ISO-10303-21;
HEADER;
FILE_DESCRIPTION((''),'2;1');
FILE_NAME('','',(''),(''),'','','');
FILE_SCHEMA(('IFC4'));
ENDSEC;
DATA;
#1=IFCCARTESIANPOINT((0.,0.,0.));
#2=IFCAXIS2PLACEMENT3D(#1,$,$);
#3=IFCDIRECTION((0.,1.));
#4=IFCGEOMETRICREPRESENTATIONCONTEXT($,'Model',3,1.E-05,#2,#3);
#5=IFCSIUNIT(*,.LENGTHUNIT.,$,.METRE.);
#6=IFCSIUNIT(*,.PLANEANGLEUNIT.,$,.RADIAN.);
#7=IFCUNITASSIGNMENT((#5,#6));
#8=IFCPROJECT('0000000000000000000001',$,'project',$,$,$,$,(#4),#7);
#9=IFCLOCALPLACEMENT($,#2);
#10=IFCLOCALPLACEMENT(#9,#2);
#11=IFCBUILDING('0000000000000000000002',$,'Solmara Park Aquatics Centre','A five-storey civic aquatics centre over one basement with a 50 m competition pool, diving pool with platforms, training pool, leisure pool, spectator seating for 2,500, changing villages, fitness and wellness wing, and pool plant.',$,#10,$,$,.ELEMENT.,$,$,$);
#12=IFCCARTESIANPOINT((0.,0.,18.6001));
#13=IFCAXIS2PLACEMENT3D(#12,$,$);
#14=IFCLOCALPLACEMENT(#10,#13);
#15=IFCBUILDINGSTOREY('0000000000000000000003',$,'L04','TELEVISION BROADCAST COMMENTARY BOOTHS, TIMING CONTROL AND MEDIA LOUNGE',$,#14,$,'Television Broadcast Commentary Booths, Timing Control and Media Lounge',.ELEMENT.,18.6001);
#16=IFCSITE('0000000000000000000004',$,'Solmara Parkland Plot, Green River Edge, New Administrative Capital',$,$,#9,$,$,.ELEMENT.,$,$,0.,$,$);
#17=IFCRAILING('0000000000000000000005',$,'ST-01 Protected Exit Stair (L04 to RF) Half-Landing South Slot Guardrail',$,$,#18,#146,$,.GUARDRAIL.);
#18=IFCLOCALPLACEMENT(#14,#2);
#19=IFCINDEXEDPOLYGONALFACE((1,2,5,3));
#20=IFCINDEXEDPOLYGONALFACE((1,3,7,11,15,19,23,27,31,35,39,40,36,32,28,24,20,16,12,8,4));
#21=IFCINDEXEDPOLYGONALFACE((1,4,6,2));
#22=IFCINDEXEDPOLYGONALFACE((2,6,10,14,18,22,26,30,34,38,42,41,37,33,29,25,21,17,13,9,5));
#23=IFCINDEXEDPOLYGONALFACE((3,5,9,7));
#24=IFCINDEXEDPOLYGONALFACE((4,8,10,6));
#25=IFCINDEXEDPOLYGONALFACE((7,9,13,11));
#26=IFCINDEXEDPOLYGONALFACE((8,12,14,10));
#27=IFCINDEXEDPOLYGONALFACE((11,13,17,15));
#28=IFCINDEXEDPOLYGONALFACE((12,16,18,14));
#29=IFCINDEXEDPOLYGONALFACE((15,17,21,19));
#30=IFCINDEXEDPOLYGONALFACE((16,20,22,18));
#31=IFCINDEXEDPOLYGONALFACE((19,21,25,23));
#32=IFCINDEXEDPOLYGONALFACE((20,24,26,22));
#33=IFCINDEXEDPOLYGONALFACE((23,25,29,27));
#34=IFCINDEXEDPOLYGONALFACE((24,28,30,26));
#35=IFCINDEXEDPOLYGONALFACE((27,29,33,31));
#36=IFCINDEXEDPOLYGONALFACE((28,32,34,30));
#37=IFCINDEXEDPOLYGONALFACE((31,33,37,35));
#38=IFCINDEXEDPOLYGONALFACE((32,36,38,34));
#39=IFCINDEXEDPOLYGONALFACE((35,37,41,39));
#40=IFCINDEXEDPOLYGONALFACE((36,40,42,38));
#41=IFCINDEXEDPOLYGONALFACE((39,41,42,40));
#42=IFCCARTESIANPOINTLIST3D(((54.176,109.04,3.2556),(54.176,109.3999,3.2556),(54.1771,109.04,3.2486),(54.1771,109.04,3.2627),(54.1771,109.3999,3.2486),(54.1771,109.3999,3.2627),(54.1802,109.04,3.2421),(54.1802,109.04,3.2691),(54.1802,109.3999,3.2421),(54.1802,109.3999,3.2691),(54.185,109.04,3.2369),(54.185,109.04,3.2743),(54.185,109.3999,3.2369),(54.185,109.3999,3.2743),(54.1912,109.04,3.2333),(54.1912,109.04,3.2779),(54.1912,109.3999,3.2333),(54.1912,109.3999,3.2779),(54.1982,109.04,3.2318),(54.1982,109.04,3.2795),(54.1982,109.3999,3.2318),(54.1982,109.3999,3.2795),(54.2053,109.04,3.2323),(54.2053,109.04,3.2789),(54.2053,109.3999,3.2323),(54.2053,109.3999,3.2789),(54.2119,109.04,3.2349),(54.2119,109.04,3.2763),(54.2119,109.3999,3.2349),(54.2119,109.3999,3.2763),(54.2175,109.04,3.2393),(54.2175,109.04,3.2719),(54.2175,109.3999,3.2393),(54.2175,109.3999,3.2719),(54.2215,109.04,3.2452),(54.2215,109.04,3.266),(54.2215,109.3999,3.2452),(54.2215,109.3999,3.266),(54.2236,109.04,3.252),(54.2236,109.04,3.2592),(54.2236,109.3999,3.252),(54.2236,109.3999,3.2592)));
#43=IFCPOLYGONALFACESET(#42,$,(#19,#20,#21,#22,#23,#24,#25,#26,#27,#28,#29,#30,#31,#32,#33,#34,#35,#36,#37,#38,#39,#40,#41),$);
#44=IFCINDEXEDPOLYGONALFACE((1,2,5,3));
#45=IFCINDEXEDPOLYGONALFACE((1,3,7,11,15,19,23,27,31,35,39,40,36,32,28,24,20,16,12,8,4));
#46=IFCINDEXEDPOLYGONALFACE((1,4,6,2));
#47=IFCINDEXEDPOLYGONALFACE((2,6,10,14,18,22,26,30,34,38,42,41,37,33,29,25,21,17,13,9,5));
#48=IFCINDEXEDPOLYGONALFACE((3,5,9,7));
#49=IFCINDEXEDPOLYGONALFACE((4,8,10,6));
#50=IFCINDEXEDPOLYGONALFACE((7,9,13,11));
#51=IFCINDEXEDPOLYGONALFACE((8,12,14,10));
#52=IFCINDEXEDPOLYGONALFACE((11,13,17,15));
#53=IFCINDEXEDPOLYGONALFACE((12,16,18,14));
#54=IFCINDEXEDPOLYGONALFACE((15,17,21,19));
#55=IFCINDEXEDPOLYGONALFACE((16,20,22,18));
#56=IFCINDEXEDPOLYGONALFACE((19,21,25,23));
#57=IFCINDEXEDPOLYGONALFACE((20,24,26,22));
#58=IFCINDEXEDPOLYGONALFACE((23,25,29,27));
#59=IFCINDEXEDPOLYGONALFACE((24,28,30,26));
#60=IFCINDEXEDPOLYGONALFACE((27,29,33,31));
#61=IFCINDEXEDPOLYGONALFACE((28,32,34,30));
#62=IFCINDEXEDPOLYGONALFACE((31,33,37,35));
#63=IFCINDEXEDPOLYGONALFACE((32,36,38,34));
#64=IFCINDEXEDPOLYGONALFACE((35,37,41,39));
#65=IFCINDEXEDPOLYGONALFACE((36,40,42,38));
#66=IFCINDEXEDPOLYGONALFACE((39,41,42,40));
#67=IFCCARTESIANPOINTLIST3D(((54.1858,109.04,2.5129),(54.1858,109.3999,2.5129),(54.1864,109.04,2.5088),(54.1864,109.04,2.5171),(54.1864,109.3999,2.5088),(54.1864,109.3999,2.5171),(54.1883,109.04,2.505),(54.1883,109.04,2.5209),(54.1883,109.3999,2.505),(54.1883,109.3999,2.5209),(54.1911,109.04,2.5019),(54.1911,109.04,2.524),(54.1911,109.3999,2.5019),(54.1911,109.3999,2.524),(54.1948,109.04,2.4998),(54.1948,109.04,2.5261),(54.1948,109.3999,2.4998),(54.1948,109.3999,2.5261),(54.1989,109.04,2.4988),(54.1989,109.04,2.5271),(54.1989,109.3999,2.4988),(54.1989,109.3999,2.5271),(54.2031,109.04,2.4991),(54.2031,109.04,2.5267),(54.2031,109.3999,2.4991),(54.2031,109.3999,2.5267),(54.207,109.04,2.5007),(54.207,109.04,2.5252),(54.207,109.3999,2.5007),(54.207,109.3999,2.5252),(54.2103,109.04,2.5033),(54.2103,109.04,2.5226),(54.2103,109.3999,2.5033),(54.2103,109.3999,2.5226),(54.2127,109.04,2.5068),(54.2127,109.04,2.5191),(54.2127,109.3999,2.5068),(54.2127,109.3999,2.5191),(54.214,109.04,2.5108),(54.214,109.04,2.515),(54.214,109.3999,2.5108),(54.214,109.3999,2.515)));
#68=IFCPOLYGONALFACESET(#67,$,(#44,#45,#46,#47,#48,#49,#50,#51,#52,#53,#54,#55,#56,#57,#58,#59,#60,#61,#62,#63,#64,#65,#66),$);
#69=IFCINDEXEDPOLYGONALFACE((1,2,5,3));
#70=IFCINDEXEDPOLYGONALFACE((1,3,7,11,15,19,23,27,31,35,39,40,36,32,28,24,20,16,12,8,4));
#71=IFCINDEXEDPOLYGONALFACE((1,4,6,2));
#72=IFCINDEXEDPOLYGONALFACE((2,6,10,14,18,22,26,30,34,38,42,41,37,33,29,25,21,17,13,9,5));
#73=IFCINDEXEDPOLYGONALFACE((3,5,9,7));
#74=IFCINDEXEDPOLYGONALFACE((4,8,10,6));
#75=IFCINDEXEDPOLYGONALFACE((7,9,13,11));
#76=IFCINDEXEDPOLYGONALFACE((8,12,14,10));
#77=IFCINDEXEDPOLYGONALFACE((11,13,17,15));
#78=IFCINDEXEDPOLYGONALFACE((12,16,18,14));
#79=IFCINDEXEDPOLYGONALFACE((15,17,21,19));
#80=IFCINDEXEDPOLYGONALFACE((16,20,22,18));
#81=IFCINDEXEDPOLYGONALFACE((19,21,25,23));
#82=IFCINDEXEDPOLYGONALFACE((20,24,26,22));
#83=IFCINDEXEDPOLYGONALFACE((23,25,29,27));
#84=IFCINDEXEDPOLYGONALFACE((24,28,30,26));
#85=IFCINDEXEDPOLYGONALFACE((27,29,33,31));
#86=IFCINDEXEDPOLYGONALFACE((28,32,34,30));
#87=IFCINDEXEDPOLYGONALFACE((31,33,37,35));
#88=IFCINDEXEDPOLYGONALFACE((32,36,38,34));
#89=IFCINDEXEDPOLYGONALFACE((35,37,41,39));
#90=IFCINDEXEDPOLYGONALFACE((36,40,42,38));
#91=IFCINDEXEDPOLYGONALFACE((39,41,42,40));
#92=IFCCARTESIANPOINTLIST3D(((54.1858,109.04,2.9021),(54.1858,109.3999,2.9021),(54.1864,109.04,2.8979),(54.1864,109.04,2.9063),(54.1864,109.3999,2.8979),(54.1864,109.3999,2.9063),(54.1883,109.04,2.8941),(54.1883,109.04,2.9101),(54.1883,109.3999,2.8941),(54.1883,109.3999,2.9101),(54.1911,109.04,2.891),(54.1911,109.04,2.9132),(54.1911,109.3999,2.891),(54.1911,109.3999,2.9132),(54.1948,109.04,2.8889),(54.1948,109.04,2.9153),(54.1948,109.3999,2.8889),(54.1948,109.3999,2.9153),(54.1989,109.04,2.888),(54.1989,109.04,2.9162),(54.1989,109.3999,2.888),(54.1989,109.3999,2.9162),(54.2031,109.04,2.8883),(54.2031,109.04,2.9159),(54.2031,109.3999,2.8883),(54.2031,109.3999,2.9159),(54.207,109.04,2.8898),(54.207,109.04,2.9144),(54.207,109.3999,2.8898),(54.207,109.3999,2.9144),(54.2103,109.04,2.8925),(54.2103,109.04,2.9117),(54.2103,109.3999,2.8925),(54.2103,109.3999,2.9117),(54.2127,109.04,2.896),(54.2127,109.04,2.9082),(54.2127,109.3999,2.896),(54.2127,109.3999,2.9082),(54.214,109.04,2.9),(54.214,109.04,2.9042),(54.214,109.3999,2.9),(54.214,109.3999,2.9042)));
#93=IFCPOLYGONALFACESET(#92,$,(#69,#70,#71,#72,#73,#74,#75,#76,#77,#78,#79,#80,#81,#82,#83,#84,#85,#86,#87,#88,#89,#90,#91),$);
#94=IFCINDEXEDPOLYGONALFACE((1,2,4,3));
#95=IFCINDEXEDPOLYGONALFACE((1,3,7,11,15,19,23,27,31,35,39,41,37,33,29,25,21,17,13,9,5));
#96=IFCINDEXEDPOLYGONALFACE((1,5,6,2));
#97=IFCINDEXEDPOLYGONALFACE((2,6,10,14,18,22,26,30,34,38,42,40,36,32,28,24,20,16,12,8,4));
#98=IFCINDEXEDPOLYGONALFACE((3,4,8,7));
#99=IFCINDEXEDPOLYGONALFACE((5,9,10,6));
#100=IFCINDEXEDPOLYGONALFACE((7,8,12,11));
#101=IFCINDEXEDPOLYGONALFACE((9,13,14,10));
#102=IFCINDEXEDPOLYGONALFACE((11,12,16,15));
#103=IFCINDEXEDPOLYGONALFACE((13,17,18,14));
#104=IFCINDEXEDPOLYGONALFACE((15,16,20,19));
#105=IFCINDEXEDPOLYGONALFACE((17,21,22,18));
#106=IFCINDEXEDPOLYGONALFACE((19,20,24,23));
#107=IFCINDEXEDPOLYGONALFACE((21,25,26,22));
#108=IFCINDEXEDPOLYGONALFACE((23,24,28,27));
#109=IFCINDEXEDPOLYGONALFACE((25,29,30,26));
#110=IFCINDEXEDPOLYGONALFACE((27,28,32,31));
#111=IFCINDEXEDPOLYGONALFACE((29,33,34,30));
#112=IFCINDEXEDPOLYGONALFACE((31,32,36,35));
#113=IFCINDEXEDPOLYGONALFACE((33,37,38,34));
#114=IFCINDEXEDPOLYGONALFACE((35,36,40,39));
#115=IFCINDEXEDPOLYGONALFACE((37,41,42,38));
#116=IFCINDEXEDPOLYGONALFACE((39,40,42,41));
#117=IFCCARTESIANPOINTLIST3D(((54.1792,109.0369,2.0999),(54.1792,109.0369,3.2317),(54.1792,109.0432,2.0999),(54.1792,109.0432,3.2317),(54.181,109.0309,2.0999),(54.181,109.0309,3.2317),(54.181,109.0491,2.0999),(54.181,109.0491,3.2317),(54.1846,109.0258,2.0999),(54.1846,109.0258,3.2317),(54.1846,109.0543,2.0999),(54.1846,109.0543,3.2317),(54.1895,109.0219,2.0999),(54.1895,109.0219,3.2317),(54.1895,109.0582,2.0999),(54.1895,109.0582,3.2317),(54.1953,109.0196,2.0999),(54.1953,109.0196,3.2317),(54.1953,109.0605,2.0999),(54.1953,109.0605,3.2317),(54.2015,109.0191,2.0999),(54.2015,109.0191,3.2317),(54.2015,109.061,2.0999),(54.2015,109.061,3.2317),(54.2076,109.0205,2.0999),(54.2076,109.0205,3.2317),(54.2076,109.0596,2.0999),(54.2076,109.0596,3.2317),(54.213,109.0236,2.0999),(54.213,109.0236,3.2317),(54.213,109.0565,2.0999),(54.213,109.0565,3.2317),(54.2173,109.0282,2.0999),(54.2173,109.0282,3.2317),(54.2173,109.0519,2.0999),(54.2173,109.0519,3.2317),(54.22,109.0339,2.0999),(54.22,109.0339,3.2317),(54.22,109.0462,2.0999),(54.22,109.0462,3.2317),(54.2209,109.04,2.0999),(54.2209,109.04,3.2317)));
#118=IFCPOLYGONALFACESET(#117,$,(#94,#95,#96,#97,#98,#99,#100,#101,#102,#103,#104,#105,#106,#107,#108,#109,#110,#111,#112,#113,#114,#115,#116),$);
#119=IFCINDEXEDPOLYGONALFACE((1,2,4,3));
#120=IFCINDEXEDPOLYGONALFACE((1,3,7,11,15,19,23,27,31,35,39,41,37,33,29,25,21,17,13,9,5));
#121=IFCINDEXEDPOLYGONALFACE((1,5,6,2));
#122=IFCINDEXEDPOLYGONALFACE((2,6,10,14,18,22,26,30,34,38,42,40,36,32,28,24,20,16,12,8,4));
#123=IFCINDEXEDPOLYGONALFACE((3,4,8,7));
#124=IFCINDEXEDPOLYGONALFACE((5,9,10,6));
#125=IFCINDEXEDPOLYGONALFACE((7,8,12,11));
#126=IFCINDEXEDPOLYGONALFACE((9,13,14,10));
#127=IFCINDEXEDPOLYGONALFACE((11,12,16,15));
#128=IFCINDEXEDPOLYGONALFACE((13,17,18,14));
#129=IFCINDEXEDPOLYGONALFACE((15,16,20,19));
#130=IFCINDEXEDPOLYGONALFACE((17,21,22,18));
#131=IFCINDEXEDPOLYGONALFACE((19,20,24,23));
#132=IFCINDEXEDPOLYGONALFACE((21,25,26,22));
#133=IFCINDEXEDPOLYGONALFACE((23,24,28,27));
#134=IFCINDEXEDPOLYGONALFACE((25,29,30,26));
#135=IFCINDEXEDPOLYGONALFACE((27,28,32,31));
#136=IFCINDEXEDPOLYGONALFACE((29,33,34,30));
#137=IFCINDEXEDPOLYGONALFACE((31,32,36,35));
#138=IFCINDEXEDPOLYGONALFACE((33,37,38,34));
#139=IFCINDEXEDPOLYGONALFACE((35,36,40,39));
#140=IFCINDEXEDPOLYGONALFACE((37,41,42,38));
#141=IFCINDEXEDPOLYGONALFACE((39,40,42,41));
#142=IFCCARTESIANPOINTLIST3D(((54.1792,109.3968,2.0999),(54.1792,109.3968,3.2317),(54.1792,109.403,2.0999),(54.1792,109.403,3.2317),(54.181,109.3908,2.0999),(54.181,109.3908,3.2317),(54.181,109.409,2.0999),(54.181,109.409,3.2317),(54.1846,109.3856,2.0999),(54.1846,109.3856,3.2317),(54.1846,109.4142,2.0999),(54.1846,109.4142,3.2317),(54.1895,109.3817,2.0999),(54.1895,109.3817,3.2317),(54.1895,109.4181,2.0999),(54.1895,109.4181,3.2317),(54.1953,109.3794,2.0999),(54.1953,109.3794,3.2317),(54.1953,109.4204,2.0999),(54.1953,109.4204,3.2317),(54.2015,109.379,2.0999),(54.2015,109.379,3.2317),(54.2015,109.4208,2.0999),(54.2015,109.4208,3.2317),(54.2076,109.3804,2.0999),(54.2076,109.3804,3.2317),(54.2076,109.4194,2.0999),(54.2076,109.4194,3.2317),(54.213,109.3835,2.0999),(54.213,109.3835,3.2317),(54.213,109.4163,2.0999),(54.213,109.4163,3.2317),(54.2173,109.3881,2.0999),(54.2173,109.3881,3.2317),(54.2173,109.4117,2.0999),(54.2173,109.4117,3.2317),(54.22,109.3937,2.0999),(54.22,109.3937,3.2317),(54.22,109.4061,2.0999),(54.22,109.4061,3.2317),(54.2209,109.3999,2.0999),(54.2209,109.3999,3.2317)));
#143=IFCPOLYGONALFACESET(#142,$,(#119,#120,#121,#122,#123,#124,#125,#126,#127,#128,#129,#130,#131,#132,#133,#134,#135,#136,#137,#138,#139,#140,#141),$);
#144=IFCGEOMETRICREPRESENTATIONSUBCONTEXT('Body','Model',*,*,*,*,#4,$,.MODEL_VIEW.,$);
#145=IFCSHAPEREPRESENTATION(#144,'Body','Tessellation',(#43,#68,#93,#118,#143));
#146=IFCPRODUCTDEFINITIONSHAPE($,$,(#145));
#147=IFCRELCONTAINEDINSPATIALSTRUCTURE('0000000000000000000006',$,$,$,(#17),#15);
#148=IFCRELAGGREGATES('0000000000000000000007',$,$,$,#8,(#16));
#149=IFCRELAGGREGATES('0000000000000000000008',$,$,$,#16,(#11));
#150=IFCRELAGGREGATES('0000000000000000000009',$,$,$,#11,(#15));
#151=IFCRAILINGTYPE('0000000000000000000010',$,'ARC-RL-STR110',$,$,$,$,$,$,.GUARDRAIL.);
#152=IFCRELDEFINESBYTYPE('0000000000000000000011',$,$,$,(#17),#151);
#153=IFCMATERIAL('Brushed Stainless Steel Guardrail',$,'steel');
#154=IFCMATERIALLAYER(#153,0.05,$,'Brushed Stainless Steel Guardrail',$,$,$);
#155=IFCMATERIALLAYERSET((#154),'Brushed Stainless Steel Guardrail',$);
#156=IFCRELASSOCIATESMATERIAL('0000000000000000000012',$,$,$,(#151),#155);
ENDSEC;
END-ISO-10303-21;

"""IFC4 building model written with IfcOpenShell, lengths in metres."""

from ifc_helpers import new_model, si_unit, direction, frame, origin, origin_2d, place, context, subcontext, project, spatial, circle, extrude, material, layer, layer_set, type_object, element, save


model = new_model("IFC4")

# Units and contexts
model_context = context("Model", 3, precision=1e-05, world=origin(), true_north=direction((0.0, 1.0)))
body_context = subcontext(model_context, "Body", "Model", "MODEL_VIEW")
ifc_project = project(units=[si_unit("LENGTHUNIT", "METRE"), si_unit("PLANEANGLEUNIT", "RADIAN")], contexts=[model_context])

# Site, building, storey
site_placement = place(None, origin())
site = spatial("IfcSite", under=ifc_project, at=site_placement, Name="Solmara Parkland Plot, Green River Edge, New Administrative Capital", CompositionType="ELEMENT", RefElevation=0.0)
building_placement = place(site_placement, origin())
building = spatial("IfcBuilding", under=site, at=building_placement, Name="Solmara Park Aquatics Centre", Description="A five-storey civic aquatics centre over one basement with a 50 m competition pool, diving pool with platforms, training pool, leisure pool, spectator seating for 2,500, changing villages, fitness and wellness wing, and pool plant.", CompositionType="ELEMENT")
storey_placement = place(building_placement, frame((0.0, 0.0, 18.6001)))
storey = spatial("IfcBuildingStorey", under=building, at=storey_placement, Name="L04", Description="TELEVISION BROADCAST COMMENTARY BOOTHS, TIMING CONTROL AND MEDIA LOUNGE", LongName="Television Broadcast Commentary Booths, Timing Control and Media Lounge", CompositionType="ELEMENT", Elevation=18.6001)

# Railing
ifc_material_1 = material(Name="Brushed Stainless Steel Guardrail", Category="steel")
ifc_layer_1 = layer(ifc_material_1, 0.05, Name="Brushed Stainless Steel Guardrail")
ifc_layer_set_1 = layer_set([ifc_layer_1], Name="Brushed Stainless Steel Guardrail")
railing_type_1 = type_object("IfcRailingType", Name="ARC-RL-STR110", PredefinedType="GUARDRAIL", material=ifc_layer_set_1)
railing_1_placement = place(storey_placement, frame((54.2, 109.04, 2.0999)))
element("IfcRailing", 1, at=railing_1_placement, inside=storey, type_object=railing_type_1, Name="ST-01 Protected Exit Stair (L04 to RF) Half-Landing South Slot Guardrail", PredefinedType="GUARDRAIL", context=body_context, shape_type="SweptSolid", body=[
    extrude(circle(Radius=0.0239, at=origin_2d()), frame((0.0, 0.0, 1.1558), z_axis=(0.0, 1.0, 0.0), x_axis=(-1.0, 0.0, 0.0)), (0.0, 0.0, 1.0), 0.3599),
    extrude(circle(Radius=0.0142, at=origin_2d()), frame((0.0, 0.0, 0.4131), z_axis=(0.0, 1.0, 0.0), x_axis=(-1.0, 0.0, 0.0)), (0.0, 0.0, 1.0), 0.3599),
    extrude(circle(Radius=0.0142, at=origin_2d()), frame((0.0, 0.0, 0.8022), z_axis=(0.0, 1.0, 0.0), x_axis=(-1.0, 0.0, 0.0)), (0.0, 0.0, 1.0), 0.3599),
    extrude(circle(Radius=0.021, at=origin_2d()), origin(), (0.0, 0.0, 1.0), 1.1318),
    extrude(circle(Radius=0.021, at=origin_2d()), frame((0.0, 0.3599, 0.0)), (0.0, 0.0, 1.0), 1.1318),
])

save(model, "model.ifc")
